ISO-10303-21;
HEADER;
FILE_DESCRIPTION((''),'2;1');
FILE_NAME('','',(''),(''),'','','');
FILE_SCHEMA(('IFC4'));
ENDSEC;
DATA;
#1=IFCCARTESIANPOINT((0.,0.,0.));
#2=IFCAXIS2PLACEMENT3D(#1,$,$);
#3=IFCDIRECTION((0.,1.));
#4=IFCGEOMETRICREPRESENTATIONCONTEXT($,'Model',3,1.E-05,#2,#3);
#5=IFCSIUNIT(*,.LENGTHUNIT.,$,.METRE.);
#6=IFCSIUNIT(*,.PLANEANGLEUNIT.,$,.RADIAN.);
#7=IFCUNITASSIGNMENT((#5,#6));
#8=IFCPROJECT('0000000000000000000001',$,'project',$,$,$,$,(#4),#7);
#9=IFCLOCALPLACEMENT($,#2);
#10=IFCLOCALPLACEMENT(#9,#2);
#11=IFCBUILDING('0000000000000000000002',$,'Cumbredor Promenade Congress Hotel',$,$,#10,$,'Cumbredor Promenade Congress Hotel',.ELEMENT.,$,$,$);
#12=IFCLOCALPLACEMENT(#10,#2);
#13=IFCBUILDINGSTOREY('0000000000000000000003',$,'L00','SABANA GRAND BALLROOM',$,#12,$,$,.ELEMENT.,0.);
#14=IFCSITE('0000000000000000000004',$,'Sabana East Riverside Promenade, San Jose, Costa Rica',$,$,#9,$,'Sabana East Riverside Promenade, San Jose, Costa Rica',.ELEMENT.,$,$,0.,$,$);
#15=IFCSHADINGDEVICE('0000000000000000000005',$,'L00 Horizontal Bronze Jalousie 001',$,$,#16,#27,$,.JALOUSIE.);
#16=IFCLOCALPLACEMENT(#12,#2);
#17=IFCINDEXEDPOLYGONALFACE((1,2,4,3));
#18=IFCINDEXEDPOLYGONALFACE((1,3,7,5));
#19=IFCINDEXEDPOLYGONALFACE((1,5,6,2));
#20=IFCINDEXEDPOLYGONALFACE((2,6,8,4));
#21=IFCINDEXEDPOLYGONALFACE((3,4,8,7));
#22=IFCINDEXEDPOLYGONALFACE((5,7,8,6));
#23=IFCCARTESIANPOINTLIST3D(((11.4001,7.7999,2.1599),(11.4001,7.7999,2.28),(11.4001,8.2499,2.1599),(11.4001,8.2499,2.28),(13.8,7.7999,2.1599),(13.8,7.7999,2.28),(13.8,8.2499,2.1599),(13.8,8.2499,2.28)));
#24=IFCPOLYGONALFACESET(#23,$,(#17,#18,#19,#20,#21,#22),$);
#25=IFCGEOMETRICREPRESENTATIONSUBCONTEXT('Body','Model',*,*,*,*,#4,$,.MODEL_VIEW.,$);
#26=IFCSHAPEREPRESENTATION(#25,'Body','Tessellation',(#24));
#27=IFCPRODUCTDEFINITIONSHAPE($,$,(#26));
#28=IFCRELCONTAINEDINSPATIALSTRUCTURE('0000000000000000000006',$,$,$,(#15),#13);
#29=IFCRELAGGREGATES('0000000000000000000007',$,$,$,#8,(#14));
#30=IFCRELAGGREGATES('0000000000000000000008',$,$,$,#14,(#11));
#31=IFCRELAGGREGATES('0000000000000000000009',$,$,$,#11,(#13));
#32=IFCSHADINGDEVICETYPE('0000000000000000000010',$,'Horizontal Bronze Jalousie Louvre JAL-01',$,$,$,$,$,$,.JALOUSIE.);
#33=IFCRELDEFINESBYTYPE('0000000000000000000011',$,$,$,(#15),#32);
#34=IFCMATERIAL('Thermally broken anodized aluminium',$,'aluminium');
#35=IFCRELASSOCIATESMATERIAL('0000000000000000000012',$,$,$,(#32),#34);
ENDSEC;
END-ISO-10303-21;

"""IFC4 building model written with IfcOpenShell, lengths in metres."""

from ifc_helpers import new_model, si_unit, direction, frame, origin, origin_2d, place, context, subcontext, project, spatial, rectangle, extrude, material, type_object, element, save


model = new_model("IFC4")

# Units and contexts
model_context = context("Model", 3, precision=1e-05, world=origin(), true_north=direction((0.0, 1.0)))
body_context = subcontext(model_context, "Body", "Model", "MODEL_VIEW")
ifc_project = project(units=[si_unit("LENGTHUNIT", "METRE"), si_unit("PLANEANGLEUNIT", "RADIAN")], contexts=[model_context])

# Site, building, storey
site_placement = place(None, origin())
site = spatial("IfcSite", under=ifc_project, at=site_placement, Name="Sabana East Riverside Promenade, San Jose, Costa Rica", LongName="Sabana East Riverside Promenade, San Jose, Costa Rica", CompositionType="ELEMENT", RefElevation=0.0)
building_placement = place(site_placement, origin())
building = spatial("IfcBuilding", under=site, at=building_placement, Name="Cumbredor Promenade Congress Hotel", LongName="Cumbredor Promenade Congress Hotel", CompositionType="ELEMENT")
storey_placement = place(building_placement, origin())
storey = spatial("IfcBuildingStorey", under=building, at=storey_placement, Name="L00", Description="SABANA GRAND BALLROOM", CompositionType="ELEMENT", Elevation=0.0)

# Shared definitions
ifc_material_1 = material(Name="Thermally broken anodized aluminium", Category="aluminium")

# Shading device
shading_device_type = type_object("IfcShadingDeviceType", Name="Horizontal Bronze Jalousie Louvre JAL-01", PredefinedType="JALOUSIE", material=ifc_material_1)
shading_device_placement = place(storey_placement, frame((12.6001, 8.0249, 2.1599), z_axis=(0.0, 0.0, 1.0), x_axis=(1.0, 0.0, 0.0)))
element("IfcShadingDevice", 1, at=shading_device_placement, inside=storey, type_object=shading_device_type, Name="L00 Horizontal Bronze Jalousie 001", PredefinedType="JALOUSIE", context=body_context, shape_type="SweptSolid", body=[
    extrude(rectangle(XDim=2.3999, YDim=0.45, at=origin_2d()), origin(), (0.0, 0.0, 1.0), 0.1201),
])

save(model, "model.ifc")
